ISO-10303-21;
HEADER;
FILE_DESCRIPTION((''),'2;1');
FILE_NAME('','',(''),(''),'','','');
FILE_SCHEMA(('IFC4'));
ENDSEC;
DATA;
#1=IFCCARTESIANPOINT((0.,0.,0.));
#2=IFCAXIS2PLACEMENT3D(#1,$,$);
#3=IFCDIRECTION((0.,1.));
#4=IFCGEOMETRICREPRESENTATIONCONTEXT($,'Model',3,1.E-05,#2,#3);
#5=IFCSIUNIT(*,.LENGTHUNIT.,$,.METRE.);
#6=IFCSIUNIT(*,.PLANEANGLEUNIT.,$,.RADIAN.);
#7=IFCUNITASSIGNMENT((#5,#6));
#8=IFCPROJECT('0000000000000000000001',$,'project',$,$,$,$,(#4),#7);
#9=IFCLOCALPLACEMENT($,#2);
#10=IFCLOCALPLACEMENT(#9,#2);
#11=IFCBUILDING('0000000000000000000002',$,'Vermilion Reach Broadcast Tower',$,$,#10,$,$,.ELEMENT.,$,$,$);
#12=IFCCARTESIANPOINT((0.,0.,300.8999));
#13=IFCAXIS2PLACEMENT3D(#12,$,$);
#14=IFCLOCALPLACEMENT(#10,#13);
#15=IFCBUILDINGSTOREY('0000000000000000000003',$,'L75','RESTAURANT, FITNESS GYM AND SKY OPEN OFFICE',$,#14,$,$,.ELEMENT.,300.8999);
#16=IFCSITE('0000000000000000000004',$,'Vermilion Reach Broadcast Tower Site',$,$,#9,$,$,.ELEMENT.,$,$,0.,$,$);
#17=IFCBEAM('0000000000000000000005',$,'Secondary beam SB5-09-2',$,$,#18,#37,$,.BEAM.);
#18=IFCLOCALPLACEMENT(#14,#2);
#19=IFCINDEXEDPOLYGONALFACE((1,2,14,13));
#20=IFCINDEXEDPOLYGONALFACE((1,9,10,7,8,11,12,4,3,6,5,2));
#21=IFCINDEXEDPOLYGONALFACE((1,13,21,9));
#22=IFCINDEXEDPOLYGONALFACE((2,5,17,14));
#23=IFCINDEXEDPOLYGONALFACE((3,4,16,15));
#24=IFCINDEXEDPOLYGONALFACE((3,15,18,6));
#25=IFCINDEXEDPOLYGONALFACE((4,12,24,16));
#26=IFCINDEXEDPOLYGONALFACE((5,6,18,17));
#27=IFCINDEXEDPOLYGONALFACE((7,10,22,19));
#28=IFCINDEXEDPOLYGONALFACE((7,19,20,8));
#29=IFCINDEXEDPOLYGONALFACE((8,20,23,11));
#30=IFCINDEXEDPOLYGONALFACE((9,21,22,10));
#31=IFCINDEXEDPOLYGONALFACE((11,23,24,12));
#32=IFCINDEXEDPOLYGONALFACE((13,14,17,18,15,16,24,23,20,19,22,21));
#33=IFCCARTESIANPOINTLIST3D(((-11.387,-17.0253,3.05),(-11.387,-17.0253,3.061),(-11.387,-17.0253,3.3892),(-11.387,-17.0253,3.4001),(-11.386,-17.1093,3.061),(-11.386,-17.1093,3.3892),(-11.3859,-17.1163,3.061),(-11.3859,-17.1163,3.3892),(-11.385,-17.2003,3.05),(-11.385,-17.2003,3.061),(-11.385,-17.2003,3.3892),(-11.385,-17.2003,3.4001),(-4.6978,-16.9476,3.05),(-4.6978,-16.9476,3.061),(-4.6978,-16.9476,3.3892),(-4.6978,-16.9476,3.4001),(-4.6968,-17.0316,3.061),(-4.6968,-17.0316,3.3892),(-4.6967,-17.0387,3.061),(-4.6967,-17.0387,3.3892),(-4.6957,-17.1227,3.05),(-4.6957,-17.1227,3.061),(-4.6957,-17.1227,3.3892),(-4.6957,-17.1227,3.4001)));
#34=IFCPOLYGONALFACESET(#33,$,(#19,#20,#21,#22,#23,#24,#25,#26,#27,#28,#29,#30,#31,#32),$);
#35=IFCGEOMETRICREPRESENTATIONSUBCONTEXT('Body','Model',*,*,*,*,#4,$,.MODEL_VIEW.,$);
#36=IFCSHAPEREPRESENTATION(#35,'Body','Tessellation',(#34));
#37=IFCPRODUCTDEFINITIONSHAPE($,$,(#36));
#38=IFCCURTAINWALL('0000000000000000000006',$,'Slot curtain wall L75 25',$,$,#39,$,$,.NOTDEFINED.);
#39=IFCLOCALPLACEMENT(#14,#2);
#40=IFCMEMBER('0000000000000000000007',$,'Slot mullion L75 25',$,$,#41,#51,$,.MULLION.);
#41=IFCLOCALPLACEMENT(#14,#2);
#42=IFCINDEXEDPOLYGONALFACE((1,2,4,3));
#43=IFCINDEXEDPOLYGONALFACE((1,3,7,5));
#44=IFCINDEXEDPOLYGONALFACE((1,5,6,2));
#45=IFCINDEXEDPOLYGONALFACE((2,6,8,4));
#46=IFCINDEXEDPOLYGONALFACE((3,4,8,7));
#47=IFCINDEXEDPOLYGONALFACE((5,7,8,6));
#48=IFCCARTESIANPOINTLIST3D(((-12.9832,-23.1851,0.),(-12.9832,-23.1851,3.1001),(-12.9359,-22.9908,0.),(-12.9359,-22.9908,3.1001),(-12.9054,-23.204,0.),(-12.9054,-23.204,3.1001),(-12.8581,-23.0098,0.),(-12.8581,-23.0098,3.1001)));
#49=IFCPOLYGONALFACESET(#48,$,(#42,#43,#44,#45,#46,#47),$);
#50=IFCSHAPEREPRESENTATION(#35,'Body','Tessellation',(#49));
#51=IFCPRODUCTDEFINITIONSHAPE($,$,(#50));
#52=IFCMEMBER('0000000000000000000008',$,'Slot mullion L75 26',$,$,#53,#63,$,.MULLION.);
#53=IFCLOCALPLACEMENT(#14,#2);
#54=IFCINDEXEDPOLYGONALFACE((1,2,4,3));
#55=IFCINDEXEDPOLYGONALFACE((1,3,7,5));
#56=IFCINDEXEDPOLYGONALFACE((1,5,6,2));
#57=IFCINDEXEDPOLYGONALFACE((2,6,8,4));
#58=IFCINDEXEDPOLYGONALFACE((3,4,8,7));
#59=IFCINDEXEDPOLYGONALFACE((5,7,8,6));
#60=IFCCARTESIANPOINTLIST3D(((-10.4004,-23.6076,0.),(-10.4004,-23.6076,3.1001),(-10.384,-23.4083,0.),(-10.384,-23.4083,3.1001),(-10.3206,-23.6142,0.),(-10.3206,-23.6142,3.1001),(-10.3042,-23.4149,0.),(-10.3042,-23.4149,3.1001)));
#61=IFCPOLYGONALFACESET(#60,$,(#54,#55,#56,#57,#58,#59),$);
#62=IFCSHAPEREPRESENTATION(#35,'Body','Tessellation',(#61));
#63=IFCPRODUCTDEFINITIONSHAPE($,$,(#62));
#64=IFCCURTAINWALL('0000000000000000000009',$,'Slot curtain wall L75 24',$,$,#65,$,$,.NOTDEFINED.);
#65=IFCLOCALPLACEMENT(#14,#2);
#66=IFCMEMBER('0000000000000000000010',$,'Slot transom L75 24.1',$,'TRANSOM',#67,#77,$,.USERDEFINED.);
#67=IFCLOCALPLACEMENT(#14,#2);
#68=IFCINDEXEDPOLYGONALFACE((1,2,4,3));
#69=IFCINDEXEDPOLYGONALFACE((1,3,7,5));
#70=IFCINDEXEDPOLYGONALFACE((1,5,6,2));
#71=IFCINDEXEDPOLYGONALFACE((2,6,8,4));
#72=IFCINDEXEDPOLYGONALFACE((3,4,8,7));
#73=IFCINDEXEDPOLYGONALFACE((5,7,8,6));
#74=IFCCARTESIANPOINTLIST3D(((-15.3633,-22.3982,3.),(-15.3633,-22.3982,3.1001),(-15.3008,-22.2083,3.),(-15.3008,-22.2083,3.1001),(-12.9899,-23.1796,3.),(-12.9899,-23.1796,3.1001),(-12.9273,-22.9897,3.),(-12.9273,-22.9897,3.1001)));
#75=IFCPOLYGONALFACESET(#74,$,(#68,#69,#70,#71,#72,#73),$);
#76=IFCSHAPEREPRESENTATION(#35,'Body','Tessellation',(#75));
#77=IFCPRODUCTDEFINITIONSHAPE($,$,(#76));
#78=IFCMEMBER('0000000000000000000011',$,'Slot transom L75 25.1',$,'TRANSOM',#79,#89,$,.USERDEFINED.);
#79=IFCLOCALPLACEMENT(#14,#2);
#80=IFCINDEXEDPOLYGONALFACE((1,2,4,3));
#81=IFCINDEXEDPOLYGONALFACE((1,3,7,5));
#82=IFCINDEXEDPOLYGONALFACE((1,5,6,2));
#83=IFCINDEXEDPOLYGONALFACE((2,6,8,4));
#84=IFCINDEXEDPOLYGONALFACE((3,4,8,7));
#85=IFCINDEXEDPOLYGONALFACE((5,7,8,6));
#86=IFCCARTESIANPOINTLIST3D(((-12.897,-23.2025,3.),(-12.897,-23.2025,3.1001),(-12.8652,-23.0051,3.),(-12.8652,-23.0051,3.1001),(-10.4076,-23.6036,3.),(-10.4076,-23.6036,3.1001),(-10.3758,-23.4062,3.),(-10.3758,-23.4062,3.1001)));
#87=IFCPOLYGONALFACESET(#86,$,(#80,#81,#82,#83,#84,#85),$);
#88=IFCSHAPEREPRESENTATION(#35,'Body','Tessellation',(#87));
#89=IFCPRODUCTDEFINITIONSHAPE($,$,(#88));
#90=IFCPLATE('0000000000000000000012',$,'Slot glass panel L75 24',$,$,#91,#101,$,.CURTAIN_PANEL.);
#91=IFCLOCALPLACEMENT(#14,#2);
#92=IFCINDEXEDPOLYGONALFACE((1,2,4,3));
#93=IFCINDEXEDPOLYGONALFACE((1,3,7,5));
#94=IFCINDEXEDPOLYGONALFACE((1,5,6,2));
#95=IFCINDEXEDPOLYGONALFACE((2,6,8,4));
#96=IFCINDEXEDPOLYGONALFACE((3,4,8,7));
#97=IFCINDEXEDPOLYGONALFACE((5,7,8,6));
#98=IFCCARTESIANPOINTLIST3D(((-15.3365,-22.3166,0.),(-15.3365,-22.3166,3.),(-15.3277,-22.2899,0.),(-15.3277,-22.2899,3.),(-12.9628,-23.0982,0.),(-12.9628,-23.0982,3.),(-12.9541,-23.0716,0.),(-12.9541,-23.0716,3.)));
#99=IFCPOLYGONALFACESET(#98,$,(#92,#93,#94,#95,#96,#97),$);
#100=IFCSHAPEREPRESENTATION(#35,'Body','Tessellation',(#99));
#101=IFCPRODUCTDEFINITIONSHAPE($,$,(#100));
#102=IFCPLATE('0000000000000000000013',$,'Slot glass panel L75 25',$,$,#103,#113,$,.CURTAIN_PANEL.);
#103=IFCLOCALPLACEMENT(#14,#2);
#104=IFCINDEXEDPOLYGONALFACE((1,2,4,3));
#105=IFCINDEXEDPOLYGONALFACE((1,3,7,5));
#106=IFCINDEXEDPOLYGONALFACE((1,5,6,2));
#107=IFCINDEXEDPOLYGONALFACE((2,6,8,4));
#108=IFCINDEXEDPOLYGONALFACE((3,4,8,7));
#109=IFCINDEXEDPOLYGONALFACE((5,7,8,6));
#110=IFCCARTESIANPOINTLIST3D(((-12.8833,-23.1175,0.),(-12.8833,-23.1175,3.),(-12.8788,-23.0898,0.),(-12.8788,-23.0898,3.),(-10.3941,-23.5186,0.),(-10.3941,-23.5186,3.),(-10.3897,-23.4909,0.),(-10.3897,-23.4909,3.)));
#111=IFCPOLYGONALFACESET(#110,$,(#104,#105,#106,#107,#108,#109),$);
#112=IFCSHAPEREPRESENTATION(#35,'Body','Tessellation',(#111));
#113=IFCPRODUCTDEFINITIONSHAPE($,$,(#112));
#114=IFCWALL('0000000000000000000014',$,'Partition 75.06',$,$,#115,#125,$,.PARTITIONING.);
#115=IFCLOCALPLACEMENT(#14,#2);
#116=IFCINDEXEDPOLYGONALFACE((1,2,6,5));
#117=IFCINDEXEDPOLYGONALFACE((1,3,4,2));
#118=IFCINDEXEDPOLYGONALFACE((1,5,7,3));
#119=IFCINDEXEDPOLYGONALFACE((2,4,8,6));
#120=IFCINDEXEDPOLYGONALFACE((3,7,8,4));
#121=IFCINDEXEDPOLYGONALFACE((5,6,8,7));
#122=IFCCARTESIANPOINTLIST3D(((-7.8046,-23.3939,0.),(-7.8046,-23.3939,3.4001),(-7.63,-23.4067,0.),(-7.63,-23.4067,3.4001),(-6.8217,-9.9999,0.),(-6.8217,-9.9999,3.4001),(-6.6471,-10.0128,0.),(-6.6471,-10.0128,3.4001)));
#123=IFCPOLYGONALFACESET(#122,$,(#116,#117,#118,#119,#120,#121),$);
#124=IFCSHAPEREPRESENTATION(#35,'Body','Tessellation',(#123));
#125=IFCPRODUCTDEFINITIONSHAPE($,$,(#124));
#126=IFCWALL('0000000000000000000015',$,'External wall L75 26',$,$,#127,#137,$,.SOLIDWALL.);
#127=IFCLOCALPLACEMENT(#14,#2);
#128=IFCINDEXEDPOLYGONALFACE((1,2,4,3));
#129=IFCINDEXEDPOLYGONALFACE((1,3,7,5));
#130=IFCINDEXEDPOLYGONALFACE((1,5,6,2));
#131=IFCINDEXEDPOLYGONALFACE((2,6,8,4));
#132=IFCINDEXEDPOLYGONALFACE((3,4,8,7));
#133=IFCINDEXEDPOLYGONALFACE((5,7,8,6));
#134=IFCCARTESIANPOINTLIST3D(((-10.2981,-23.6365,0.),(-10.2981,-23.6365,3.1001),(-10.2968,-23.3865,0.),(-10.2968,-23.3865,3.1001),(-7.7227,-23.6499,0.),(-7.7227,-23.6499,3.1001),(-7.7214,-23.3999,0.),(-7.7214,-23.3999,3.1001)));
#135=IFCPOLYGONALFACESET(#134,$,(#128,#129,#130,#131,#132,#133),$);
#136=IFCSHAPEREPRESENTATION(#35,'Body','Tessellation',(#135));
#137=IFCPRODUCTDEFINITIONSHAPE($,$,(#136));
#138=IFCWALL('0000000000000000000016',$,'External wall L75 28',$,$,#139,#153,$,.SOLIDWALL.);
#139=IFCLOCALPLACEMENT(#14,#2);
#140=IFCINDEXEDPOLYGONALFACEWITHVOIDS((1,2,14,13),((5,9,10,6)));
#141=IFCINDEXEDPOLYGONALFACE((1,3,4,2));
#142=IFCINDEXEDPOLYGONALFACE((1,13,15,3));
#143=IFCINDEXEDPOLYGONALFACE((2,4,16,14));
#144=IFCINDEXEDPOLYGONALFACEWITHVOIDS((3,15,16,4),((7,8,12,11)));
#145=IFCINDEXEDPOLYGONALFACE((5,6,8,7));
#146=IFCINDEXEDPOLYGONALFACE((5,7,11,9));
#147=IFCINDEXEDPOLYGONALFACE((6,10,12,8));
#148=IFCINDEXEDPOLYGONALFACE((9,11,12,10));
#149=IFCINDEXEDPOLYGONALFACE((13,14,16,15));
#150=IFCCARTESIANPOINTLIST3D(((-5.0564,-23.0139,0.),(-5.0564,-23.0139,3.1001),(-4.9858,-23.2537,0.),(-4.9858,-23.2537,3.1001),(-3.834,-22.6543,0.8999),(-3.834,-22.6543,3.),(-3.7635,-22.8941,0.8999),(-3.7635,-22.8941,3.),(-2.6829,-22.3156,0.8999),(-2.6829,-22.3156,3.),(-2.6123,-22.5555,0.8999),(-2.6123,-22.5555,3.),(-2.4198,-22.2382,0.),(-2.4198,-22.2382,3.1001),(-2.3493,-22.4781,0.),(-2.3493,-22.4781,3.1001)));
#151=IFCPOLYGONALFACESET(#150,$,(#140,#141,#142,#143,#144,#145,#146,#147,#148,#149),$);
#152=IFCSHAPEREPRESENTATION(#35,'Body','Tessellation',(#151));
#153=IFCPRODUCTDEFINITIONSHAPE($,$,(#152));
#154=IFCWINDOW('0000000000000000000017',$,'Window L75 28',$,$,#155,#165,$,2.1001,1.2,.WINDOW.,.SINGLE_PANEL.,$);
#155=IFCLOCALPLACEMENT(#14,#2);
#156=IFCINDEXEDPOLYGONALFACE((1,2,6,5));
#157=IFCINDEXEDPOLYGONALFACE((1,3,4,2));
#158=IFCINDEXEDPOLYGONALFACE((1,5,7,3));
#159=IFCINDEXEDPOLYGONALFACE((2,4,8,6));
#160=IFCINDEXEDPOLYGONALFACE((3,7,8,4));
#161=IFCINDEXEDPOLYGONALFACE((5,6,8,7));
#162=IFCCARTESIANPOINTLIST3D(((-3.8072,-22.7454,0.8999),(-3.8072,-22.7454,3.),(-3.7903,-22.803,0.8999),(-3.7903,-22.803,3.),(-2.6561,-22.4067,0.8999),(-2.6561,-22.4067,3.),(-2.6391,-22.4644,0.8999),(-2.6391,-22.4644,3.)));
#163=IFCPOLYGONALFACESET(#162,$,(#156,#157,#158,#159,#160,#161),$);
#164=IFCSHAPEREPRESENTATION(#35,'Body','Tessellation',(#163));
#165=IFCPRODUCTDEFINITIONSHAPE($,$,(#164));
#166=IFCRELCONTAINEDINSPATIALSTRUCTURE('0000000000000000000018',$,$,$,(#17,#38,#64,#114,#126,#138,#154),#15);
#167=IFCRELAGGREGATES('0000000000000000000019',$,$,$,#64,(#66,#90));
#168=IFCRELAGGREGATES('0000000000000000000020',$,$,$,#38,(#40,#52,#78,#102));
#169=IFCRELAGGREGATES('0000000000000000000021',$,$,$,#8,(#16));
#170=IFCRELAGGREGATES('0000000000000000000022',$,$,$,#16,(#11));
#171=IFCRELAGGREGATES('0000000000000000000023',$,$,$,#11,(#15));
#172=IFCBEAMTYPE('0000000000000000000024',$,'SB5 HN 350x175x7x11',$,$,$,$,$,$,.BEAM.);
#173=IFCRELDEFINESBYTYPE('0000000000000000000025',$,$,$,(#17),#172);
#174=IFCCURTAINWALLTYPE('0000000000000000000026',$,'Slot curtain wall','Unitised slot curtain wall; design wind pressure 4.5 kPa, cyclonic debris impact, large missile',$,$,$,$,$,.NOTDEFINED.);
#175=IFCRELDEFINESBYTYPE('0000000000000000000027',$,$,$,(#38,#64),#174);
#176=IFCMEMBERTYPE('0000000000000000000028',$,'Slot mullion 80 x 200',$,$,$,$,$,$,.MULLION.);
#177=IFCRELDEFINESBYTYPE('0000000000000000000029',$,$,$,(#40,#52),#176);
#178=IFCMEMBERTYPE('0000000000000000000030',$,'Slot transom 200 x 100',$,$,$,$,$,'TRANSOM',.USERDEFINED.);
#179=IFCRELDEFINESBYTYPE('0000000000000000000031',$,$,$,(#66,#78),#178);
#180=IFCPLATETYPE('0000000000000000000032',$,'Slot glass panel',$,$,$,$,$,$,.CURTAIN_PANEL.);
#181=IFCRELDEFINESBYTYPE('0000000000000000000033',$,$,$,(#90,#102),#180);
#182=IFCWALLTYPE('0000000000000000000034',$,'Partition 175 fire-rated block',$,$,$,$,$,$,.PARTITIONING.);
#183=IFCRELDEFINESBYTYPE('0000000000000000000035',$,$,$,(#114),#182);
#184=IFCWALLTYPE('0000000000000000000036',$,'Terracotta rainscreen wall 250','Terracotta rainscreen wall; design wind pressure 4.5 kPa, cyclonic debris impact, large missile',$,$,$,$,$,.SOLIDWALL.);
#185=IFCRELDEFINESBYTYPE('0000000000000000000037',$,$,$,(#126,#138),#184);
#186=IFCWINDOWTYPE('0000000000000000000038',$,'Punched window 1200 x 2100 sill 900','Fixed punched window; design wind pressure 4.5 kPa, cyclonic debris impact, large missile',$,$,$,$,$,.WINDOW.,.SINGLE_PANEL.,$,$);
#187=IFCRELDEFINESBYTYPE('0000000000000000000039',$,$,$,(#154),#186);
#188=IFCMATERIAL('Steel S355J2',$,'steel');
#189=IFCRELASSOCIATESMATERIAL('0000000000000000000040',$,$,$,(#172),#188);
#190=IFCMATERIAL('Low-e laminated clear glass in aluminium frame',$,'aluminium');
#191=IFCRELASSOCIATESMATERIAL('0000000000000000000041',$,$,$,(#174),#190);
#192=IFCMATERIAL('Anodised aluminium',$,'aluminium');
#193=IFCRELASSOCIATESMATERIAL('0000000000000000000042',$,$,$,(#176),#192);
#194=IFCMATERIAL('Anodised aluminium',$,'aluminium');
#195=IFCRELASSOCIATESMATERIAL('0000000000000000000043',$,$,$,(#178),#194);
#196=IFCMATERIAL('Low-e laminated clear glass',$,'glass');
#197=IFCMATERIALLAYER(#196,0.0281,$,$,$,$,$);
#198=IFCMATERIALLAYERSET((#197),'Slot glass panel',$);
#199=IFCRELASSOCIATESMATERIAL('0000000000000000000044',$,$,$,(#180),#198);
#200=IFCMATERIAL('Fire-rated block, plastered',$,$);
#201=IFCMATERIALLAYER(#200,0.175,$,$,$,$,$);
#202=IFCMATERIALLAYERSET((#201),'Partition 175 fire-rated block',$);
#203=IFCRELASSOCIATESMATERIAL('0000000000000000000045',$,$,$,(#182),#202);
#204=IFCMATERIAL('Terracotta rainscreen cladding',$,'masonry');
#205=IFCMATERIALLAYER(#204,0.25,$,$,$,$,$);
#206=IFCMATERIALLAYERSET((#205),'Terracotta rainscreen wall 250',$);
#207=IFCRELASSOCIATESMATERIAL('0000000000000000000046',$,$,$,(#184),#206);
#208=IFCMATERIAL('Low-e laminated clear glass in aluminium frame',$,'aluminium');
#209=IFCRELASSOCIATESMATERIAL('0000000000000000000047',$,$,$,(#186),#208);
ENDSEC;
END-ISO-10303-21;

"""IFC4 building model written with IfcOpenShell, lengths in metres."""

from ifc_helpers import new_model, si_unit, direction, frame, frame_2d, origin, origin_2d, place, context, subcontext, project, spatial, rectangle, i_section, extrude, material, layer, layer_set, material_profile, profile_set, type_object, element, fill, aggregate, save


model = new_model("IFC4")

# Units and contexts
model_context = context("Model", 3, precision=1e-05, world=origin(), true_north=direction((0.0, 1.0)))
body_context = subcontext(model_context, "Body", "Model", "MODEL_VIEW")
ifc_project = project(units=[si_unit("LENGTHUNIT", "METRE"), si_unit("PLANEANGLEUNIT", "RADIAN")], contexts=[model_context])

# Site, building, storey
site_placement = place(None, origin())
site = spatial("IfcSite", under=ifc_project, at=site_placement, Name="Vermilion Reach Broadcast Tower Site", CompositionType="ELEMENT", RefElevation=0.0)
building_placement = place(site_placement, origin())
building = spatial("IfcBuilding", under=site, at=building_placement, Name="Vermilion Reach Broadcast Tower", CompositionType="ELEMENT")
storey_placement = place(building_placement, frame((0.0, 0.0, 300.8999)))
storey = spatial("IfcBuildingStorey", under=building, at=storey_placement, Name="L75", Description="RESTAURANT, FITNESS GYM AND SKY OPEN OFFICE", CompositionType="ELEMENT", Elevation=300.8999)

# Beam
ifc_material_1 = material(Name="Steel S355J2", Category="steel")
ifc_material_profile_1 = material_profile(ifc_material_1, i_section(OverallWidth=0.175, OverallDepth=0.3501, WebThickness=0.0071, FlangeThickness=0.011, at=origin_2d()), Name="S355J2 HN 350x175x7x11")
ifc_profile_set_1 = profile_set([ifc_material_profile_1], Name="Steel S355J2")
beam_type_1 = type_object("IfcBeamType", Name="SB5 HN 350x175x7x11", PredefinedType="BEAM", material=ifc_profile_set_1)
beam_1_placement = place(storey_placement, frame((-11.386, -17.1128, 3.2251), z_axis=(0.999933, 0.011605, 0.0), x_axis=(-0.011605, 0.999933, 0.0)))
element("IfcBeam", 1, at=beam_1_placement, inside=storey, type_object=beam_type_1, Name="Secondary beam SB5-09-2", PredefinedType="BEAM", context=body_context, shape_type="SweptSolid", body=[
    extrude(i_section(OverallWidth=0.175, OverallDepth=0.3501, WebThickness=0.0071, FlangeThickness=0.011, at=origin_2d()), origin(), (0.0, 0.0, 1.0), 6.6897),
])

# Curtain wall, members
ifc_material_2 = material(Name="Low-e laminated clear glass in aluminium frame", Category="aluminium")
curtain_wall_type = type_object("IfcCurtainWallType", Name="Slot curtain wall", Description="Unitised slot curtain wall; design wind pressure 4.5 kPa, cyclonic debris impact, large missile", PredefinedType="NOTDEFINED", material=ifc_material_2)
placement = place(storey_placement, origin())
curtain_wall_1 = element("IfcCurtainWall", 2, at=placement, inside=storey, type_object=curtain_wall_type, Name="Slot curtain wall L75 25", PredefinedType="NOTDEFINED")
ifc_material_3 = material(Name="Anodised aluminium", Category="aluminium")
ifc_material_profile_2 = material_profile(ifc_material_3, rectangle(XDim=0.2, YDim=0.0801, at=origin_2d()), Name="Slot mullion 80 x 200")
ifc_profile_set_2 = profile_set([ifc_material_profile_2], Name="Anodised aluminium")
member_type_1 = type_object("IfcMemberType", Name="Slot mullion 80 x 200", PredefinedType="MULLION", material=ifc_profile_set_2)
member_1_placement = place(storey_placement, frame((-12.9207, -23.0974, 0.0), z_axis=(0.0, 0.0, 1.0), x_axis=(0.236687, 0.971586, 0.0)))
member_1 = element("IfcMember", 3, at=member_1_placement, type_object=member_type_1, Name="Slot mullion L75 25", PredefinedType="MULLION", context=body_context, shape_type="SweptSolid", body=[
    extrude(rectangle(XDim=0.2, YDim=0.0801, at=origin_2d()), origin(), (0.0, 0.0, 1.0), 3.1001),
])
member_2_placement = place(storey_placement, frame((-10.3523, -23.5112, 0.0), z_axis=(0.0, 0.0, 1.0), x_axis=(0.082399, 0.996599, 0.0)))
member_2 = element("IfcMember", 4, at=member_2_placement, type_object=member_type_1, Name="Slot mullion L75 26", PredefinedType="MULLION", context=body_context, shape_type="SweptSolid", body=[
    extrude(rectangle(XDim=0.2, YDim=0.0801, at=origin_2d()), origin(), (0.0, 0.0, 1.0), 3.1001),
])

# Curtain wall, member
curtain_wall_2 = element("IfcCurtainWall", 5, at=placement, inside=storey, type_object=curtain_wall_type, Name="Slot curtain wall L75 24", PredefinedType="NOTDEFINED")
ifc_material_4 = material(Name="Anodised aluminium", Category="aluminium")
ifc_material_profile_3 = material_profile(ifc_material_4, rectangle(XDim=0.2, YDim=0.1001, at=origin_2d()), Name="Slot transom 200 x 100")
ifc_profile_set_3 = profile_set([ifc_material_profile_3], Name="Anodised aluminium")
member_type_2 = type_object("IfcMemberType", Name="Slot transom 200 x 100", ElementType="TRANSOM", PredefinedType="USERDEFINED", material=ifc_profile_set_3)
member_3_placement = place(storey_placement, frame((-15.332, -22.3032, 3.05), z_axis=(0.94984, -0.312738, 0.0), x_axis=(0.312738, 0.94984, 0.0)))
member_3 = element("IfcMember", 6, at=member_3_placement, type_object=member_type_2, Name="Slot transom L75 24.1", ObjectType="TRANSOM", PredefinedType="USERDEFINED", context=body_context, shape_type="SweptSolid", body=[
    extrude(rectangle(XDim=0.2, YDim=0.1001, at=origin_2d()), origin(), (0.0, 0.0, 1.0), 2.4988),
])

# Member
member_4_placement = place(storey_placement, frame((-12.8811, -23.1038, 3.05), z_axis=(0.987264, -0.159089, 0.0), x_axis=(0.159089, 0.987264, 0.0)))
member_4 = element("IfcMember", 7, at=member_4_placement, type_object=member_type_2, Name="Slot transom L75 25.1", ObjectType="TRANSOM", PredefinedType="USERDEFINED", context=body_context, shape_type="SweptSolid", body=[
    extrude(rectangle(XDim=0.2, YDim=0.1001, at=origin_2d()), origin(), (0.0, 0.0, 1.0), 2.5215),
])

# Plates
ifc_material_5 = material(Name="Low-e laminated clear glass", Category="glass")
ifc_layer_1 = layer(ifc_material_5, 0.0281)
ifc_layer_set_1 = layer_set([ifc_layer_1], Name="Slot glass panel")
plate_type = type_object("IfcPlateType", Name="Slot glass panel", PredefinedType="CURTAIN_PANEL", material=ifc_layer_set_1)
plate_1_placement = place(storey_placement, frame((-14.1453, -22.6941, 0.0), z_axis=(0.0, 0.0, 1.0), x_axis=(0.949826, -0.312778, 0.0)))
plate_1 = element("IfcPlate", 8, at=plate_1_placement, type_object=plate_type, Name="Slot glass panel L75 24", PredefinedType="CURTAIN_PANEL", context=body_context, shape_type="SweptSolid", body=[
    extrude(rectangle(XDim=2.499, YDim=0.0281, at=origin_2d()), origin(), (0.0, 0.0, 1.0), 3.0),
])
aggregate(curtain_wall_2, [member_3, plate_1])
plate_2_placement = place(storey_placement, frame((-11.6365, -23.3042, 0.0), z_axis=(0.0, 0.0, 1.0), x_axis=(0.98726, -0.159113, 0.0)))
plate_2 = element("IfcPlate", 9, at=plate_2_placement, type_object=plate_type, Name="Slot glass panel L75 25", PredefinedType="CURTAIN_PANEL", context=body_context, shape_type="SweptSolid", body=[
    extrude(rectangle(XDim=2.5212, YDim=0.0281, at=origin_2d()), origin(), (0.0, 0.0, 1.0), 3.0),
])
aggregate(curtain_wall_1, [member_1, member_2, member_4, plate_2])

# Walls
ifc_material_6 = material(Name="Fire-rated block, plastered")
ifc_layer_2 = layer(ifc_material_6, 0.175)
ifc_layer_set_2 = layer_set([ifc_layer_2], Name="Partition 175 fire-rated block")
wall_type_1 = type_object("IfcWallType", Name="Partition 175 fire-rated block", PredefinedType="PARTITIONING", material=ifc_layer_set_2)
wall_1_placement = place(storey_placement, frame((-7.7173, -23.4001, 0.0), z_axis=(0.0, 0.0, 1.0), x_axis=(0.073189, 0.997318, 0.0)))
element("IfcWall", 10, at=wall_1_placement, inside=storey, type_object=wall_type_1, Name="Partition 75.06", PredefinedType="PARTITIONING", context=body_context, shape_type="SweptSolid", body=[
    extrude(rectangle(XDim=13.4299, YDim=0.175, at=frame_2d((6.7148, 0.0))), origin(), (0.0, 0.0, 1.0), 3.4001),
])
ifc_material_7 = material(Name="Terracotta rainscreen cladding", Category="masonry")
ifc_layer_3 = layer(ifc_material_7, 0.25)
ifc_layer_set_3 = layer_set([ifc_layer_3], Name="Terracotta rainscreen wall 250")
wall_type_2 = type_object("IfcWallType", Name="Terracotta rainscreen wall 250", Description="Terracotta rainscreen wall; design wind pressure 4.5 kPa, cyclonic debris impact, large missile", PredefinedType="SOLIDWALL", material=ifc_layer_set_3)
wall_2_placement = place(storey_placement, frame((-10.2974, -23.5115, 0.0), z_axis=(0.0, 0.0, 1.0), x_axis=(0.999986, -0.005214, 0.0)))
element("IfcWall", 11, at=wall_2_placement, inside=storey, type_object=wall_type_2, Name="External wall L75 26", PredefinedType="SOLIDWALL", context=body_context, shape_type="SweptSolid", body=[
    extrude(rectangle(XDim=2.5754, YDim=0.25, at=frame_2d((1.2876, 0.0))), origin(), (0.0, 0.0, 1.0), 3.1001),
])

# Wall, opening, window
wall_3_placement = place(storey_placement, frame((-5.021, -23.1338, 0.0), z_axis=(0.0, 0.0, 1.0), x_axis=(0.959346, 0.282234, 0.0)))
wall_3 = element("IfcWall", 12, at=wall_3_placement, inside=storey, type_object=wall_type_2, Name="External wall L75 28", PredefinedType="SOLIDWALL", context=body_context, shape_type="SweptSolid", body=[
    extrude(rectangle(XDim=2.7483, YDim=0.25, at=frame_2d((1.374, 0.0))), origin(), (0.0, 0.0, 1.0), 3.1001),
])
opening_1_placement = place(wall_3_placement, frame((1.2739, 0.0, 0.8999)))
opening_1 = element("IfcOpeningElement", 13, at=opening_1_placement, cuts=wall_3, PredefinedType="OPENING", context=body_context, shape_type="SweptSolid", body=[
    extrude(rectangle(XDim=1.2, YDim=2.1001, at=frame_2d((0.6001, 1.05))), frame((0.0, 0.135, 0.0), z_axis=(0.0, -1.0, 0.0), x_axis=(1.0, 0.0, 0.0)), (0.0, 0.0, 1.0), 0.27),
])
ifc_material_8 = material(Name="Low-e laminated clear glass in aluminium frame", Category="aluminium")
window_type = type_object("IfcWindowType", Name="Punched window 1200 x 2100 sill 900", Description="Fixed punched window; design wind pressure 4.5 kPa, cyclonic debris impact, large missile", PartitioningType="SINGLE_PANEL", PredefinedType="WINDOW", material=ifc_material_8)
window_placement = place(opening_1_placement, origin())
window = element("IfcWindow", 14, at=window_placement, inside=storey, type_object=window_type, Name="Window L75 28", OverallHeight=2.1001, OverallWidth=1.2, PartitioningType="SINGLE_PANEL", PredefinedType="WINDOW", context=body_context, shape_type="SweptSolid", body=[
    extrude(rectangle(XDim=1.2, YDim=2.1001, at=frame_2d((0.6001, 1.05))), frame((0.0, 0.03, 0.0), z_axis=(0.0, -1.0, 0.0), x_axis=(1.0, 0.0, 0.0)), (0.0, 0.0, 1.0), 0.0601),
])
fill(opening_1, window)

save(model, "model.ifc")
